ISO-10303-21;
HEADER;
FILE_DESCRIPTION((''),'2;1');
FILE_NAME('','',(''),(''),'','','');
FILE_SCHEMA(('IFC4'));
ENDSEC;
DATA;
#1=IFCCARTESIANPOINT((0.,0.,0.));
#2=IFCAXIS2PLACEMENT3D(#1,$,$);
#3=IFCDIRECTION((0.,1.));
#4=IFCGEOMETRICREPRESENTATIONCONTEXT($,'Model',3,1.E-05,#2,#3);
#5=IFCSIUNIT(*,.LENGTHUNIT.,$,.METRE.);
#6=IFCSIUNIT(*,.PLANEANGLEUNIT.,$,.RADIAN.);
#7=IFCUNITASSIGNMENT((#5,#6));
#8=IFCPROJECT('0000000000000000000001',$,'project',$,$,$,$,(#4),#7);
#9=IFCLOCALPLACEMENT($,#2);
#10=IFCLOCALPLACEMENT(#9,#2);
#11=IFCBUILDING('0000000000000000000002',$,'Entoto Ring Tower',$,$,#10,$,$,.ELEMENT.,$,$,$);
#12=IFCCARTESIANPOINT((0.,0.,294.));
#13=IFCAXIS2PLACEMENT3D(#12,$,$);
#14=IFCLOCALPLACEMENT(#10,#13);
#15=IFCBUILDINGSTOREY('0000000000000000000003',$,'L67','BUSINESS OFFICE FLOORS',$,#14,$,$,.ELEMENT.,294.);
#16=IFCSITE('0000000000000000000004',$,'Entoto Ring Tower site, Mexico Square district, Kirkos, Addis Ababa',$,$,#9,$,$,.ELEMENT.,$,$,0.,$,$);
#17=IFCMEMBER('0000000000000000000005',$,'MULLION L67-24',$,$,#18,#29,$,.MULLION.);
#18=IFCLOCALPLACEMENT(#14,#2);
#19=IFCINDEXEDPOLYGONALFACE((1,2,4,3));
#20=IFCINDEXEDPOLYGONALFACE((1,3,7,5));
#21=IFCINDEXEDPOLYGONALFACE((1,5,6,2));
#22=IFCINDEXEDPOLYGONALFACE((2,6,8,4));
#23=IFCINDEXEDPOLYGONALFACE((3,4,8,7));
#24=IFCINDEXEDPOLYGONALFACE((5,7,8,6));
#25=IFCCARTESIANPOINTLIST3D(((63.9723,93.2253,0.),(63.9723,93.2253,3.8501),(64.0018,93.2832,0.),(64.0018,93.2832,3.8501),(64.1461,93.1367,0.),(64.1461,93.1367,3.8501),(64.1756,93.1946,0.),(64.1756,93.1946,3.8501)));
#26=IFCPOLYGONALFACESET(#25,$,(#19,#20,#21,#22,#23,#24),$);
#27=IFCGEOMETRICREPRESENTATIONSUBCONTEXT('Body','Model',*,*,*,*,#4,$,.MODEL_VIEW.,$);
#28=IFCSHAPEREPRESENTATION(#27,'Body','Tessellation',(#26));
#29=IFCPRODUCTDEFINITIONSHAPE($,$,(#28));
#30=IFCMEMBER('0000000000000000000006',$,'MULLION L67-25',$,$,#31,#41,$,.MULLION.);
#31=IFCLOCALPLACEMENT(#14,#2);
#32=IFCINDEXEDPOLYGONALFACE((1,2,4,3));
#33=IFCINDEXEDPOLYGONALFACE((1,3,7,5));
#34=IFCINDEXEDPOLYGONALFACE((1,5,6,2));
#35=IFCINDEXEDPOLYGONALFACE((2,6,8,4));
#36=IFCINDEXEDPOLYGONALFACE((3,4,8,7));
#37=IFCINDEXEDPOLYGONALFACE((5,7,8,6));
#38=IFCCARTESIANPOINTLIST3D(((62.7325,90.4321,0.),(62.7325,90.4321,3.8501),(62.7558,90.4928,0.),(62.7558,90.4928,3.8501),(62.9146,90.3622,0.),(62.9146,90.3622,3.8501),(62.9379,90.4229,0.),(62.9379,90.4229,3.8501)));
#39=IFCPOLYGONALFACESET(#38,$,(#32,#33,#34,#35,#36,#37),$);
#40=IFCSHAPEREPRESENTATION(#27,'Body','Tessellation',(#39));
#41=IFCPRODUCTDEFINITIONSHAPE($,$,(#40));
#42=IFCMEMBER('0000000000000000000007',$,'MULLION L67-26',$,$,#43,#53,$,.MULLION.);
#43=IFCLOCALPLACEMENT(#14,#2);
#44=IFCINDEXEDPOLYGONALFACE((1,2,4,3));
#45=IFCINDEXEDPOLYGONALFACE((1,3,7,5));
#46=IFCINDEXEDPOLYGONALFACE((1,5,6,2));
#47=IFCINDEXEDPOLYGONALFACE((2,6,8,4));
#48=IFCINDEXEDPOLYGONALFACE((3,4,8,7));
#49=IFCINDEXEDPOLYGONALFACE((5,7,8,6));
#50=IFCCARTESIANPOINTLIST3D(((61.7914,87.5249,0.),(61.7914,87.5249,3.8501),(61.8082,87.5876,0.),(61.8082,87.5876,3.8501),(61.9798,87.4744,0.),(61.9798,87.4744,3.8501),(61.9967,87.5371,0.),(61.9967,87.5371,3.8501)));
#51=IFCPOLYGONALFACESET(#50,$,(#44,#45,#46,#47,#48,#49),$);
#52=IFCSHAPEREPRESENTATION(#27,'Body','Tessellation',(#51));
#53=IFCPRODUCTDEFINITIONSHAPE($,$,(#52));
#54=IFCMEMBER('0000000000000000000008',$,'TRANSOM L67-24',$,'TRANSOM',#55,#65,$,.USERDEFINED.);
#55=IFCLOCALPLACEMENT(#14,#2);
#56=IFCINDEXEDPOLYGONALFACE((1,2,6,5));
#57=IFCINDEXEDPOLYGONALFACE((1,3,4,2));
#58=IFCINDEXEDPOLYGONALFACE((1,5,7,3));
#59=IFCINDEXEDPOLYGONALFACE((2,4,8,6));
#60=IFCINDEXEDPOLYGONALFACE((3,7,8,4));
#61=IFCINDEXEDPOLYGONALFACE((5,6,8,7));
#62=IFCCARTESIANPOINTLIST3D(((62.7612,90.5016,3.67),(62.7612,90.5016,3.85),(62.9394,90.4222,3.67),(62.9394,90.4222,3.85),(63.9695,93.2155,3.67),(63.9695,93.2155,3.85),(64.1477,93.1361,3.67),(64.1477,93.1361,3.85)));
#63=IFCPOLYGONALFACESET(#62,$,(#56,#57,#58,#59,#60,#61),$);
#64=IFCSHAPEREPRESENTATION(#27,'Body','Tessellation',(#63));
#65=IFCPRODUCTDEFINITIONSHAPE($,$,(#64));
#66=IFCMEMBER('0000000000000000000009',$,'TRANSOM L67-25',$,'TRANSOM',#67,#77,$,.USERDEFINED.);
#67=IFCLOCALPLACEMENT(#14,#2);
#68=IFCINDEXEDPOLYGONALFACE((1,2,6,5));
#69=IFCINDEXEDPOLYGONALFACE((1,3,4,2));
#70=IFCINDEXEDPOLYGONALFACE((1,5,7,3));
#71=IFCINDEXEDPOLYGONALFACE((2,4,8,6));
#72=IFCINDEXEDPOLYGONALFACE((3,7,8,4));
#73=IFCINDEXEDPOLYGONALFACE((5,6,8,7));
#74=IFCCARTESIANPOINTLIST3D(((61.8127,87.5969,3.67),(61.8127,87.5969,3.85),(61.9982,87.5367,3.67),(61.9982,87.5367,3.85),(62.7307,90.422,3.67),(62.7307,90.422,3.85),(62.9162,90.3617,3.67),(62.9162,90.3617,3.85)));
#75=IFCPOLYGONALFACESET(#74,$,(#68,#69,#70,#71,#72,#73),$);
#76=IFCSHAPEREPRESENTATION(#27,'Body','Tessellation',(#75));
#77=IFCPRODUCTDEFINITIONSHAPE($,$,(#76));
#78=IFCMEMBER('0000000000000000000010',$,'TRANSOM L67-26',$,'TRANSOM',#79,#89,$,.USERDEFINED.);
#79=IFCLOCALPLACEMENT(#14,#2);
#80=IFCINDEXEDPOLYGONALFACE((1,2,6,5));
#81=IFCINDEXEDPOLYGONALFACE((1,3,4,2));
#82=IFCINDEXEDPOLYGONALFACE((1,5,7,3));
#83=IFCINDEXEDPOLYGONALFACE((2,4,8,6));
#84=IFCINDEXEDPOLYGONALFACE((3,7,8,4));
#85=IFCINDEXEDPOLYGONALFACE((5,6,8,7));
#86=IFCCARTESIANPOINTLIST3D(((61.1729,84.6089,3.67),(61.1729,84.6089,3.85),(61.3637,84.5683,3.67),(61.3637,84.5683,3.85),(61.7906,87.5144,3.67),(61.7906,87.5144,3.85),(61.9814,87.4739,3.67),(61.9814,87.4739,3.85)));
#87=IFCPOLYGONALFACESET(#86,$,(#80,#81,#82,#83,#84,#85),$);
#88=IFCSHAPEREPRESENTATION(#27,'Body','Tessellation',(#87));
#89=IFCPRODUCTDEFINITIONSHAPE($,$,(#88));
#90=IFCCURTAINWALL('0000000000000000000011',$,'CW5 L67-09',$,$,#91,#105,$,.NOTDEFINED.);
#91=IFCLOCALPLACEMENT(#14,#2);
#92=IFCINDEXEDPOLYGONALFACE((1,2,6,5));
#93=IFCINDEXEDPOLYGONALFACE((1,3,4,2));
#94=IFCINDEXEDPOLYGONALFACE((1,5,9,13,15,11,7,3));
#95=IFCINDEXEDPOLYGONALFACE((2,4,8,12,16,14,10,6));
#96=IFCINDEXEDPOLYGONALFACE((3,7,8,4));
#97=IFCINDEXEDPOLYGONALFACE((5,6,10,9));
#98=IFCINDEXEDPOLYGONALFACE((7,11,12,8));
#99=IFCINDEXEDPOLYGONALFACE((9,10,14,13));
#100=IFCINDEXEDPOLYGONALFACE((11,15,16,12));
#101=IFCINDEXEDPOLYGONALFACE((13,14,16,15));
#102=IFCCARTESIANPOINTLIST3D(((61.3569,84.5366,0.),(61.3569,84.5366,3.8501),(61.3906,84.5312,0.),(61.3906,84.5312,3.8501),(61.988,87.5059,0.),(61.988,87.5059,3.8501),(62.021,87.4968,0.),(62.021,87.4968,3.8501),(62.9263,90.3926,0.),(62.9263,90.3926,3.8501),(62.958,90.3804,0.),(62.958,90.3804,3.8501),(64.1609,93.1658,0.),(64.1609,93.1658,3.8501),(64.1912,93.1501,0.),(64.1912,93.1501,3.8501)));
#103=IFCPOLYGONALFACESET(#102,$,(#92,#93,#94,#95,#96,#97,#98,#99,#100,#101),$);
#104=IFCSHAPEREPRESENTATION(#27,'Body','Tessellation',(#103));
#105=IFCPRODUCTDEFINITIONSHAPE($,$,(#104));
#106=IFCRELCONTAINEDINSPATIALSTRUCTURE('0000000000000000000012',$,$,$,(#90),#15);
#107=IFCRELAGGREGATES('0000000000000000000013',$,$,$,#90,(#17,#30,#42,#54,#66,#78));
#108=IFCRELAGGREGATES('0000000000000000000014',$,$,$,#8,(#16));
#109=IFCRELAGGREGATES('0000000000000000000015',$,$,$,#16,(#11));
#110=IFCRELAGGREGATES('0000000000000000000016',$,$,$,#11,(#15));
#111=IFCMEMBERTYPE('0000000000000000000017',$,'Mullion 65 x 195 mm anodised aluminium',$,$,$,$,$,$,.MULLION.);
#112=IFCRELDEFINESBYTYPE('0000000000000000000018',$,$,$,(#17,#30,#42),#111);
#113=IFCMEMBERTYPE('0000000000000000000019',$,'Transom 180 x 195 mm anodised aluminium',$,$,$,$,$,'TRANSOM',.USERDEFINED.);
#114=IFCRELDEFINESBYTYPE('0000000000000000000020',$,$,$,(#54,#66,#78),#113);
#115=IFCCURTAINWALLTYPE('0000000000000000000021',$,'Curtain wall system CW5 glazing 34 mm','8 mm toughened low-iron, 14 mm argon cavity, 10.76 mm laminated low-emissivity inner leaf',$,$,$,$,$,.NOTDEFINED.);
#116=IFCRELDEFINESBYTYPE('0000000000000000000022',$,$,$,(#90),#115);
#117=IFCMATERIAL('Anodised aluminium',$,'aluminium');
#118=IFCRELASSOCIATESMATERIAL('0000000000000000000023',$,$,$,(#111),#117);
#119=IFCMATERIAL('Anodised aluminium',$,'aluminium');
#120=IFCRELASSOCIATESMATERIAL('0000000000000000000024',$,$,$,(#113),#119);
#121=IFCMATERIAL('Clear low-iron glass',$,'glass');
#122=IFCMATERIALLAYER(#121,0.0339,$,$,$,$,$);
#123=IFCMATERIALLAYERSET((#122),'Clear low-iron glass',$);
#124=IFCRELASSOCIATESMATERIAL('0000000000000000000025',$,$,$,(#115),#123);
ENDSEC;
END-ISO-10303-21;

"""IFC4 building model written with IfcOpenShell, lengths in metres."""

from ifc_helpers import new_model, si_unit, direction, frame, origin, origin_2d, place, context, subcontext, project, spatial, polyline, rectangle, outline, extrude, material, layer, layer_set, material_profile, profile_set, type_object, element, aggregate, save


model = new_model("IFC4")

# Units and contexts
model_context = context("Model", 3, precision=1e-05, world=origin(), true_north=direction((0.0, 1.0)))
body_context = subcontext(model_context, "Body", "Model", "MODEL_VIEW")
ifc_project = project(units=[si_unit("LENGTHUNIT", "METRE"), si_unit("PLANEANGLEUNIT", "RADIAN")], contexts=[model_context])

# Members
ifc_material_1 = material(Name="Anodised aluminium", Category="aluminium")
ifc_material_profile_1 = material_profile(ifc_material_1, rectangle(XDim=0.0649, YDim=0.1951, at=origin_2d()), Name="Mullion 65 x 195 mm anodised aluminium")
ifc_profile_set_1 = profile_set([ifc_material_profile_1], Name="Anodised aluminium")
member_type_1 = type_object("IfcMemberType", Name="Mullion 65 x 195 mm anodised aluminium", PredefinedType="MULLION", material=ifc_profile_set_1)
site_placement = place(None, origin())
building_placement = place(site_placement, origin())
storey_placement = place(building_placement, frame((0.0, 0.0, 294.0)))
member_1_placement = place(storey_placement, frame((64.074, 93.21, 0.0), z_axis=(0.0, 0.0, 1.0), x_axis=(-0.45399, -0.891007, 0.0)))
member_1 = element("IfcMember", 1, at=member_1_placement, type_object=member_type_1, Name="MULLION L67-24", PredefinedType="MULLION", context=body_context, shape_type="SweptSolid", body=[
    extrude(rectangle(XDim=0.0649, YDim=0.1951, at=origin_2d()), origin(), (0.0, 0.0, 1.0), 3.8501),
])
member_2_placement = place(storey_placement, frame((62.8352, 90.4275, 0.0), z_axis=(0.0, 0.0, 1.0), x_axis=(-0.358368, -0.93358, 0.0)))
member_2 = element("IfcMember", 2, at=member_2_placement, type_object=member_type_1, Name="MULLION L67-25", PredefinedType="MULLION", context=body_context, shape_type="SweptSolid", body=[
    extrude(rectangle(XDim=0.0649, YDim=0.1951, at=origin_2d()), origin(), (0.0, 0.0, 1.0), 3.8501),
])
member_3_placement = place(storey_placement, frame((61.894, 87.531, 0.0), z_axis=(0.0, 0.0, 1.0), x_axis=(-0.258819, -0.965926, 0.0)))
member_3 = element("IfcMember", 3, at=member_3_placement, type_object=member_type_1, Name="MULLION L67-26", PredefinedType="MULLION", context=body_context, shape_type="SweptSolid", body=[
    extrude(rectangle(XDim=0.0649, YDim=0.1951, at=origin_2d()), origin(), (0.0, 0.0, 1.0), 3.8501),
])
ifc_material_2 = material(Name="Anodised aluminium", Category="aluminium")
ifc_material_profile_2 = material_profile(ifc_material_2, rectangle(XDim=0.1951, YDim=0.1799, at=origin_2d()), Name="Transom 180 x 195 mm anodised aluminium")
ifc_profile_set_2 = profile_set([ifc_material_profile_2], Name="Anodised aluminium")
member_type_2 = type_object("IfcMemberType", Name="Transom 180 x 195 mm anodised aluminium", ElementType="TRANSOM", PredefinedType="USERDEFINED", material=ifc_profile_set_2)
member_4_placement = place(storey_placement, frame((64.0586, 93.1758, 3.76), z_axis=(-0.406726, -0.91355, 0.0), x_axis=(0.91355, -0.406726, 0.0)))
member_4 = element("IfcMember", 4, at=member_4_placement, type_object=member_type_2, Name="TRANSOM L67-24", ObjectType="TRANSOM", PredefinedType="USERDEFINED", context=body_context, shape_type="SweptSolid", body=[
    extrude(rectangle(XDim=0.1951, YDim=0.1799, at=origin_2d()), origin(), (0.0, 0.0, 1.0), 2.9707),
])
member_5_placement = place(storey_placement, frame((62.8235, 90.3918, 3.76), z_axis=(-0.309043, -0.951048, 0.0), x_axis=(0.951048, -0.309043, 0.0)))
member_5 = element("IfcMember", 5, at=member_5_placement, type_object=member_type_2, Name="TRANSOM L67-25", ObjectType="TRANSOM", PredefinedType="USERDEFINED", context=body_context, shape_type="SweptSolid", body=[
    extrude(rectangle(XDim=0.1951, YDim=0.1799, at=origin_2d()), origin(), (0.0, 0.0, 1.0), 2.9705),
])
member_6_placement = place(storey_placement, frame((61.886, 87.4941, 3.76), z_axis=(-0.20794, -0.978142, 0.0), x_axis=(0.978142, -0.20794, 0.0)))
member_6 = element("IfcMember", 6, at=member_6_placement, type_object=member_type_2, Name="TRANSOM L67-26", ObjectType="TRANSOM", PredefinedType="USERDEFINED", context=body_context, shape_type="SweptSolid", body=[
    extrude(rectangle(XDim=0.1951, YDim=0.1799, at=origin_2d()), origin(), (0.0, 0.0, 1.0), 2.9705),
])

# Site, building, storey
site = spatial("IfcSite", under=ifc_project, at=site_placement, Name="Entoto Ring Tower site, Mexico Square district, Kirkos, Addis Ababa", CompositionType="ELEMENT", RefElevation=0.0)
building = spatial("IfcBuilding", under=site, at=building_placement, Name="Entoto Ring Tower", CompositionType="ELEMENT")
storey = spatial("IfcBuildingStorey", under=building, at=storey_placement, Name="L67", Description="BUSINESS OFFICE FLOORS", CompositionType="ELEMENT", Elevation=294.0)

# Curtain wall
ifc_material_3 = material(Name="Clear low-iron glass", Category="glass")
ifc_layer = layer(ifc_material_3, 0.0339)
ifc_layer_set = layer_set([ifc_layer], Name="Clear low-iron glass")
curtain_wall_type = type_object("IfcCurtainWallType", Name="Curtain wall system CW5 glazing 34 mm", Description="8 mm toughened low-iron, 14 mm argon cavity, 10.76 mm laminated low-emissivity inner leaf", PredefinedType="NOTDEFINED", material=ifc_layer_set)
curtain_wall_1_placement = place(storey_placement, origin())
curtain_wall_1 = element("IfcCurtainWall", 7, at=curtain_wall_1_placement, inside=storey, type_object=curtain_wall_type, Name="CW5 L67-09", PredefinedType="NOTDEFINED", context=body_context, shape_type="SweptSolid", body=[
    extrude(outline(polyline([(64.1609, 93.1658), (62.9263, 90.3926), (61.988, 87.5059), (61.3569, 84.5366), (61.3906, 84.5312), (62.021, 87.4968), (62.958, 90.3804), (64.1912, 93.1501), (64.1609, 93.1658)])), origin(), (0.0, 0.0, 1.0), 3.8501),
])
aggregate(curtain_wall_1, [member_1, member_2, member_3, member_4, member_5, member_6])

save(model, "model.ifc")
